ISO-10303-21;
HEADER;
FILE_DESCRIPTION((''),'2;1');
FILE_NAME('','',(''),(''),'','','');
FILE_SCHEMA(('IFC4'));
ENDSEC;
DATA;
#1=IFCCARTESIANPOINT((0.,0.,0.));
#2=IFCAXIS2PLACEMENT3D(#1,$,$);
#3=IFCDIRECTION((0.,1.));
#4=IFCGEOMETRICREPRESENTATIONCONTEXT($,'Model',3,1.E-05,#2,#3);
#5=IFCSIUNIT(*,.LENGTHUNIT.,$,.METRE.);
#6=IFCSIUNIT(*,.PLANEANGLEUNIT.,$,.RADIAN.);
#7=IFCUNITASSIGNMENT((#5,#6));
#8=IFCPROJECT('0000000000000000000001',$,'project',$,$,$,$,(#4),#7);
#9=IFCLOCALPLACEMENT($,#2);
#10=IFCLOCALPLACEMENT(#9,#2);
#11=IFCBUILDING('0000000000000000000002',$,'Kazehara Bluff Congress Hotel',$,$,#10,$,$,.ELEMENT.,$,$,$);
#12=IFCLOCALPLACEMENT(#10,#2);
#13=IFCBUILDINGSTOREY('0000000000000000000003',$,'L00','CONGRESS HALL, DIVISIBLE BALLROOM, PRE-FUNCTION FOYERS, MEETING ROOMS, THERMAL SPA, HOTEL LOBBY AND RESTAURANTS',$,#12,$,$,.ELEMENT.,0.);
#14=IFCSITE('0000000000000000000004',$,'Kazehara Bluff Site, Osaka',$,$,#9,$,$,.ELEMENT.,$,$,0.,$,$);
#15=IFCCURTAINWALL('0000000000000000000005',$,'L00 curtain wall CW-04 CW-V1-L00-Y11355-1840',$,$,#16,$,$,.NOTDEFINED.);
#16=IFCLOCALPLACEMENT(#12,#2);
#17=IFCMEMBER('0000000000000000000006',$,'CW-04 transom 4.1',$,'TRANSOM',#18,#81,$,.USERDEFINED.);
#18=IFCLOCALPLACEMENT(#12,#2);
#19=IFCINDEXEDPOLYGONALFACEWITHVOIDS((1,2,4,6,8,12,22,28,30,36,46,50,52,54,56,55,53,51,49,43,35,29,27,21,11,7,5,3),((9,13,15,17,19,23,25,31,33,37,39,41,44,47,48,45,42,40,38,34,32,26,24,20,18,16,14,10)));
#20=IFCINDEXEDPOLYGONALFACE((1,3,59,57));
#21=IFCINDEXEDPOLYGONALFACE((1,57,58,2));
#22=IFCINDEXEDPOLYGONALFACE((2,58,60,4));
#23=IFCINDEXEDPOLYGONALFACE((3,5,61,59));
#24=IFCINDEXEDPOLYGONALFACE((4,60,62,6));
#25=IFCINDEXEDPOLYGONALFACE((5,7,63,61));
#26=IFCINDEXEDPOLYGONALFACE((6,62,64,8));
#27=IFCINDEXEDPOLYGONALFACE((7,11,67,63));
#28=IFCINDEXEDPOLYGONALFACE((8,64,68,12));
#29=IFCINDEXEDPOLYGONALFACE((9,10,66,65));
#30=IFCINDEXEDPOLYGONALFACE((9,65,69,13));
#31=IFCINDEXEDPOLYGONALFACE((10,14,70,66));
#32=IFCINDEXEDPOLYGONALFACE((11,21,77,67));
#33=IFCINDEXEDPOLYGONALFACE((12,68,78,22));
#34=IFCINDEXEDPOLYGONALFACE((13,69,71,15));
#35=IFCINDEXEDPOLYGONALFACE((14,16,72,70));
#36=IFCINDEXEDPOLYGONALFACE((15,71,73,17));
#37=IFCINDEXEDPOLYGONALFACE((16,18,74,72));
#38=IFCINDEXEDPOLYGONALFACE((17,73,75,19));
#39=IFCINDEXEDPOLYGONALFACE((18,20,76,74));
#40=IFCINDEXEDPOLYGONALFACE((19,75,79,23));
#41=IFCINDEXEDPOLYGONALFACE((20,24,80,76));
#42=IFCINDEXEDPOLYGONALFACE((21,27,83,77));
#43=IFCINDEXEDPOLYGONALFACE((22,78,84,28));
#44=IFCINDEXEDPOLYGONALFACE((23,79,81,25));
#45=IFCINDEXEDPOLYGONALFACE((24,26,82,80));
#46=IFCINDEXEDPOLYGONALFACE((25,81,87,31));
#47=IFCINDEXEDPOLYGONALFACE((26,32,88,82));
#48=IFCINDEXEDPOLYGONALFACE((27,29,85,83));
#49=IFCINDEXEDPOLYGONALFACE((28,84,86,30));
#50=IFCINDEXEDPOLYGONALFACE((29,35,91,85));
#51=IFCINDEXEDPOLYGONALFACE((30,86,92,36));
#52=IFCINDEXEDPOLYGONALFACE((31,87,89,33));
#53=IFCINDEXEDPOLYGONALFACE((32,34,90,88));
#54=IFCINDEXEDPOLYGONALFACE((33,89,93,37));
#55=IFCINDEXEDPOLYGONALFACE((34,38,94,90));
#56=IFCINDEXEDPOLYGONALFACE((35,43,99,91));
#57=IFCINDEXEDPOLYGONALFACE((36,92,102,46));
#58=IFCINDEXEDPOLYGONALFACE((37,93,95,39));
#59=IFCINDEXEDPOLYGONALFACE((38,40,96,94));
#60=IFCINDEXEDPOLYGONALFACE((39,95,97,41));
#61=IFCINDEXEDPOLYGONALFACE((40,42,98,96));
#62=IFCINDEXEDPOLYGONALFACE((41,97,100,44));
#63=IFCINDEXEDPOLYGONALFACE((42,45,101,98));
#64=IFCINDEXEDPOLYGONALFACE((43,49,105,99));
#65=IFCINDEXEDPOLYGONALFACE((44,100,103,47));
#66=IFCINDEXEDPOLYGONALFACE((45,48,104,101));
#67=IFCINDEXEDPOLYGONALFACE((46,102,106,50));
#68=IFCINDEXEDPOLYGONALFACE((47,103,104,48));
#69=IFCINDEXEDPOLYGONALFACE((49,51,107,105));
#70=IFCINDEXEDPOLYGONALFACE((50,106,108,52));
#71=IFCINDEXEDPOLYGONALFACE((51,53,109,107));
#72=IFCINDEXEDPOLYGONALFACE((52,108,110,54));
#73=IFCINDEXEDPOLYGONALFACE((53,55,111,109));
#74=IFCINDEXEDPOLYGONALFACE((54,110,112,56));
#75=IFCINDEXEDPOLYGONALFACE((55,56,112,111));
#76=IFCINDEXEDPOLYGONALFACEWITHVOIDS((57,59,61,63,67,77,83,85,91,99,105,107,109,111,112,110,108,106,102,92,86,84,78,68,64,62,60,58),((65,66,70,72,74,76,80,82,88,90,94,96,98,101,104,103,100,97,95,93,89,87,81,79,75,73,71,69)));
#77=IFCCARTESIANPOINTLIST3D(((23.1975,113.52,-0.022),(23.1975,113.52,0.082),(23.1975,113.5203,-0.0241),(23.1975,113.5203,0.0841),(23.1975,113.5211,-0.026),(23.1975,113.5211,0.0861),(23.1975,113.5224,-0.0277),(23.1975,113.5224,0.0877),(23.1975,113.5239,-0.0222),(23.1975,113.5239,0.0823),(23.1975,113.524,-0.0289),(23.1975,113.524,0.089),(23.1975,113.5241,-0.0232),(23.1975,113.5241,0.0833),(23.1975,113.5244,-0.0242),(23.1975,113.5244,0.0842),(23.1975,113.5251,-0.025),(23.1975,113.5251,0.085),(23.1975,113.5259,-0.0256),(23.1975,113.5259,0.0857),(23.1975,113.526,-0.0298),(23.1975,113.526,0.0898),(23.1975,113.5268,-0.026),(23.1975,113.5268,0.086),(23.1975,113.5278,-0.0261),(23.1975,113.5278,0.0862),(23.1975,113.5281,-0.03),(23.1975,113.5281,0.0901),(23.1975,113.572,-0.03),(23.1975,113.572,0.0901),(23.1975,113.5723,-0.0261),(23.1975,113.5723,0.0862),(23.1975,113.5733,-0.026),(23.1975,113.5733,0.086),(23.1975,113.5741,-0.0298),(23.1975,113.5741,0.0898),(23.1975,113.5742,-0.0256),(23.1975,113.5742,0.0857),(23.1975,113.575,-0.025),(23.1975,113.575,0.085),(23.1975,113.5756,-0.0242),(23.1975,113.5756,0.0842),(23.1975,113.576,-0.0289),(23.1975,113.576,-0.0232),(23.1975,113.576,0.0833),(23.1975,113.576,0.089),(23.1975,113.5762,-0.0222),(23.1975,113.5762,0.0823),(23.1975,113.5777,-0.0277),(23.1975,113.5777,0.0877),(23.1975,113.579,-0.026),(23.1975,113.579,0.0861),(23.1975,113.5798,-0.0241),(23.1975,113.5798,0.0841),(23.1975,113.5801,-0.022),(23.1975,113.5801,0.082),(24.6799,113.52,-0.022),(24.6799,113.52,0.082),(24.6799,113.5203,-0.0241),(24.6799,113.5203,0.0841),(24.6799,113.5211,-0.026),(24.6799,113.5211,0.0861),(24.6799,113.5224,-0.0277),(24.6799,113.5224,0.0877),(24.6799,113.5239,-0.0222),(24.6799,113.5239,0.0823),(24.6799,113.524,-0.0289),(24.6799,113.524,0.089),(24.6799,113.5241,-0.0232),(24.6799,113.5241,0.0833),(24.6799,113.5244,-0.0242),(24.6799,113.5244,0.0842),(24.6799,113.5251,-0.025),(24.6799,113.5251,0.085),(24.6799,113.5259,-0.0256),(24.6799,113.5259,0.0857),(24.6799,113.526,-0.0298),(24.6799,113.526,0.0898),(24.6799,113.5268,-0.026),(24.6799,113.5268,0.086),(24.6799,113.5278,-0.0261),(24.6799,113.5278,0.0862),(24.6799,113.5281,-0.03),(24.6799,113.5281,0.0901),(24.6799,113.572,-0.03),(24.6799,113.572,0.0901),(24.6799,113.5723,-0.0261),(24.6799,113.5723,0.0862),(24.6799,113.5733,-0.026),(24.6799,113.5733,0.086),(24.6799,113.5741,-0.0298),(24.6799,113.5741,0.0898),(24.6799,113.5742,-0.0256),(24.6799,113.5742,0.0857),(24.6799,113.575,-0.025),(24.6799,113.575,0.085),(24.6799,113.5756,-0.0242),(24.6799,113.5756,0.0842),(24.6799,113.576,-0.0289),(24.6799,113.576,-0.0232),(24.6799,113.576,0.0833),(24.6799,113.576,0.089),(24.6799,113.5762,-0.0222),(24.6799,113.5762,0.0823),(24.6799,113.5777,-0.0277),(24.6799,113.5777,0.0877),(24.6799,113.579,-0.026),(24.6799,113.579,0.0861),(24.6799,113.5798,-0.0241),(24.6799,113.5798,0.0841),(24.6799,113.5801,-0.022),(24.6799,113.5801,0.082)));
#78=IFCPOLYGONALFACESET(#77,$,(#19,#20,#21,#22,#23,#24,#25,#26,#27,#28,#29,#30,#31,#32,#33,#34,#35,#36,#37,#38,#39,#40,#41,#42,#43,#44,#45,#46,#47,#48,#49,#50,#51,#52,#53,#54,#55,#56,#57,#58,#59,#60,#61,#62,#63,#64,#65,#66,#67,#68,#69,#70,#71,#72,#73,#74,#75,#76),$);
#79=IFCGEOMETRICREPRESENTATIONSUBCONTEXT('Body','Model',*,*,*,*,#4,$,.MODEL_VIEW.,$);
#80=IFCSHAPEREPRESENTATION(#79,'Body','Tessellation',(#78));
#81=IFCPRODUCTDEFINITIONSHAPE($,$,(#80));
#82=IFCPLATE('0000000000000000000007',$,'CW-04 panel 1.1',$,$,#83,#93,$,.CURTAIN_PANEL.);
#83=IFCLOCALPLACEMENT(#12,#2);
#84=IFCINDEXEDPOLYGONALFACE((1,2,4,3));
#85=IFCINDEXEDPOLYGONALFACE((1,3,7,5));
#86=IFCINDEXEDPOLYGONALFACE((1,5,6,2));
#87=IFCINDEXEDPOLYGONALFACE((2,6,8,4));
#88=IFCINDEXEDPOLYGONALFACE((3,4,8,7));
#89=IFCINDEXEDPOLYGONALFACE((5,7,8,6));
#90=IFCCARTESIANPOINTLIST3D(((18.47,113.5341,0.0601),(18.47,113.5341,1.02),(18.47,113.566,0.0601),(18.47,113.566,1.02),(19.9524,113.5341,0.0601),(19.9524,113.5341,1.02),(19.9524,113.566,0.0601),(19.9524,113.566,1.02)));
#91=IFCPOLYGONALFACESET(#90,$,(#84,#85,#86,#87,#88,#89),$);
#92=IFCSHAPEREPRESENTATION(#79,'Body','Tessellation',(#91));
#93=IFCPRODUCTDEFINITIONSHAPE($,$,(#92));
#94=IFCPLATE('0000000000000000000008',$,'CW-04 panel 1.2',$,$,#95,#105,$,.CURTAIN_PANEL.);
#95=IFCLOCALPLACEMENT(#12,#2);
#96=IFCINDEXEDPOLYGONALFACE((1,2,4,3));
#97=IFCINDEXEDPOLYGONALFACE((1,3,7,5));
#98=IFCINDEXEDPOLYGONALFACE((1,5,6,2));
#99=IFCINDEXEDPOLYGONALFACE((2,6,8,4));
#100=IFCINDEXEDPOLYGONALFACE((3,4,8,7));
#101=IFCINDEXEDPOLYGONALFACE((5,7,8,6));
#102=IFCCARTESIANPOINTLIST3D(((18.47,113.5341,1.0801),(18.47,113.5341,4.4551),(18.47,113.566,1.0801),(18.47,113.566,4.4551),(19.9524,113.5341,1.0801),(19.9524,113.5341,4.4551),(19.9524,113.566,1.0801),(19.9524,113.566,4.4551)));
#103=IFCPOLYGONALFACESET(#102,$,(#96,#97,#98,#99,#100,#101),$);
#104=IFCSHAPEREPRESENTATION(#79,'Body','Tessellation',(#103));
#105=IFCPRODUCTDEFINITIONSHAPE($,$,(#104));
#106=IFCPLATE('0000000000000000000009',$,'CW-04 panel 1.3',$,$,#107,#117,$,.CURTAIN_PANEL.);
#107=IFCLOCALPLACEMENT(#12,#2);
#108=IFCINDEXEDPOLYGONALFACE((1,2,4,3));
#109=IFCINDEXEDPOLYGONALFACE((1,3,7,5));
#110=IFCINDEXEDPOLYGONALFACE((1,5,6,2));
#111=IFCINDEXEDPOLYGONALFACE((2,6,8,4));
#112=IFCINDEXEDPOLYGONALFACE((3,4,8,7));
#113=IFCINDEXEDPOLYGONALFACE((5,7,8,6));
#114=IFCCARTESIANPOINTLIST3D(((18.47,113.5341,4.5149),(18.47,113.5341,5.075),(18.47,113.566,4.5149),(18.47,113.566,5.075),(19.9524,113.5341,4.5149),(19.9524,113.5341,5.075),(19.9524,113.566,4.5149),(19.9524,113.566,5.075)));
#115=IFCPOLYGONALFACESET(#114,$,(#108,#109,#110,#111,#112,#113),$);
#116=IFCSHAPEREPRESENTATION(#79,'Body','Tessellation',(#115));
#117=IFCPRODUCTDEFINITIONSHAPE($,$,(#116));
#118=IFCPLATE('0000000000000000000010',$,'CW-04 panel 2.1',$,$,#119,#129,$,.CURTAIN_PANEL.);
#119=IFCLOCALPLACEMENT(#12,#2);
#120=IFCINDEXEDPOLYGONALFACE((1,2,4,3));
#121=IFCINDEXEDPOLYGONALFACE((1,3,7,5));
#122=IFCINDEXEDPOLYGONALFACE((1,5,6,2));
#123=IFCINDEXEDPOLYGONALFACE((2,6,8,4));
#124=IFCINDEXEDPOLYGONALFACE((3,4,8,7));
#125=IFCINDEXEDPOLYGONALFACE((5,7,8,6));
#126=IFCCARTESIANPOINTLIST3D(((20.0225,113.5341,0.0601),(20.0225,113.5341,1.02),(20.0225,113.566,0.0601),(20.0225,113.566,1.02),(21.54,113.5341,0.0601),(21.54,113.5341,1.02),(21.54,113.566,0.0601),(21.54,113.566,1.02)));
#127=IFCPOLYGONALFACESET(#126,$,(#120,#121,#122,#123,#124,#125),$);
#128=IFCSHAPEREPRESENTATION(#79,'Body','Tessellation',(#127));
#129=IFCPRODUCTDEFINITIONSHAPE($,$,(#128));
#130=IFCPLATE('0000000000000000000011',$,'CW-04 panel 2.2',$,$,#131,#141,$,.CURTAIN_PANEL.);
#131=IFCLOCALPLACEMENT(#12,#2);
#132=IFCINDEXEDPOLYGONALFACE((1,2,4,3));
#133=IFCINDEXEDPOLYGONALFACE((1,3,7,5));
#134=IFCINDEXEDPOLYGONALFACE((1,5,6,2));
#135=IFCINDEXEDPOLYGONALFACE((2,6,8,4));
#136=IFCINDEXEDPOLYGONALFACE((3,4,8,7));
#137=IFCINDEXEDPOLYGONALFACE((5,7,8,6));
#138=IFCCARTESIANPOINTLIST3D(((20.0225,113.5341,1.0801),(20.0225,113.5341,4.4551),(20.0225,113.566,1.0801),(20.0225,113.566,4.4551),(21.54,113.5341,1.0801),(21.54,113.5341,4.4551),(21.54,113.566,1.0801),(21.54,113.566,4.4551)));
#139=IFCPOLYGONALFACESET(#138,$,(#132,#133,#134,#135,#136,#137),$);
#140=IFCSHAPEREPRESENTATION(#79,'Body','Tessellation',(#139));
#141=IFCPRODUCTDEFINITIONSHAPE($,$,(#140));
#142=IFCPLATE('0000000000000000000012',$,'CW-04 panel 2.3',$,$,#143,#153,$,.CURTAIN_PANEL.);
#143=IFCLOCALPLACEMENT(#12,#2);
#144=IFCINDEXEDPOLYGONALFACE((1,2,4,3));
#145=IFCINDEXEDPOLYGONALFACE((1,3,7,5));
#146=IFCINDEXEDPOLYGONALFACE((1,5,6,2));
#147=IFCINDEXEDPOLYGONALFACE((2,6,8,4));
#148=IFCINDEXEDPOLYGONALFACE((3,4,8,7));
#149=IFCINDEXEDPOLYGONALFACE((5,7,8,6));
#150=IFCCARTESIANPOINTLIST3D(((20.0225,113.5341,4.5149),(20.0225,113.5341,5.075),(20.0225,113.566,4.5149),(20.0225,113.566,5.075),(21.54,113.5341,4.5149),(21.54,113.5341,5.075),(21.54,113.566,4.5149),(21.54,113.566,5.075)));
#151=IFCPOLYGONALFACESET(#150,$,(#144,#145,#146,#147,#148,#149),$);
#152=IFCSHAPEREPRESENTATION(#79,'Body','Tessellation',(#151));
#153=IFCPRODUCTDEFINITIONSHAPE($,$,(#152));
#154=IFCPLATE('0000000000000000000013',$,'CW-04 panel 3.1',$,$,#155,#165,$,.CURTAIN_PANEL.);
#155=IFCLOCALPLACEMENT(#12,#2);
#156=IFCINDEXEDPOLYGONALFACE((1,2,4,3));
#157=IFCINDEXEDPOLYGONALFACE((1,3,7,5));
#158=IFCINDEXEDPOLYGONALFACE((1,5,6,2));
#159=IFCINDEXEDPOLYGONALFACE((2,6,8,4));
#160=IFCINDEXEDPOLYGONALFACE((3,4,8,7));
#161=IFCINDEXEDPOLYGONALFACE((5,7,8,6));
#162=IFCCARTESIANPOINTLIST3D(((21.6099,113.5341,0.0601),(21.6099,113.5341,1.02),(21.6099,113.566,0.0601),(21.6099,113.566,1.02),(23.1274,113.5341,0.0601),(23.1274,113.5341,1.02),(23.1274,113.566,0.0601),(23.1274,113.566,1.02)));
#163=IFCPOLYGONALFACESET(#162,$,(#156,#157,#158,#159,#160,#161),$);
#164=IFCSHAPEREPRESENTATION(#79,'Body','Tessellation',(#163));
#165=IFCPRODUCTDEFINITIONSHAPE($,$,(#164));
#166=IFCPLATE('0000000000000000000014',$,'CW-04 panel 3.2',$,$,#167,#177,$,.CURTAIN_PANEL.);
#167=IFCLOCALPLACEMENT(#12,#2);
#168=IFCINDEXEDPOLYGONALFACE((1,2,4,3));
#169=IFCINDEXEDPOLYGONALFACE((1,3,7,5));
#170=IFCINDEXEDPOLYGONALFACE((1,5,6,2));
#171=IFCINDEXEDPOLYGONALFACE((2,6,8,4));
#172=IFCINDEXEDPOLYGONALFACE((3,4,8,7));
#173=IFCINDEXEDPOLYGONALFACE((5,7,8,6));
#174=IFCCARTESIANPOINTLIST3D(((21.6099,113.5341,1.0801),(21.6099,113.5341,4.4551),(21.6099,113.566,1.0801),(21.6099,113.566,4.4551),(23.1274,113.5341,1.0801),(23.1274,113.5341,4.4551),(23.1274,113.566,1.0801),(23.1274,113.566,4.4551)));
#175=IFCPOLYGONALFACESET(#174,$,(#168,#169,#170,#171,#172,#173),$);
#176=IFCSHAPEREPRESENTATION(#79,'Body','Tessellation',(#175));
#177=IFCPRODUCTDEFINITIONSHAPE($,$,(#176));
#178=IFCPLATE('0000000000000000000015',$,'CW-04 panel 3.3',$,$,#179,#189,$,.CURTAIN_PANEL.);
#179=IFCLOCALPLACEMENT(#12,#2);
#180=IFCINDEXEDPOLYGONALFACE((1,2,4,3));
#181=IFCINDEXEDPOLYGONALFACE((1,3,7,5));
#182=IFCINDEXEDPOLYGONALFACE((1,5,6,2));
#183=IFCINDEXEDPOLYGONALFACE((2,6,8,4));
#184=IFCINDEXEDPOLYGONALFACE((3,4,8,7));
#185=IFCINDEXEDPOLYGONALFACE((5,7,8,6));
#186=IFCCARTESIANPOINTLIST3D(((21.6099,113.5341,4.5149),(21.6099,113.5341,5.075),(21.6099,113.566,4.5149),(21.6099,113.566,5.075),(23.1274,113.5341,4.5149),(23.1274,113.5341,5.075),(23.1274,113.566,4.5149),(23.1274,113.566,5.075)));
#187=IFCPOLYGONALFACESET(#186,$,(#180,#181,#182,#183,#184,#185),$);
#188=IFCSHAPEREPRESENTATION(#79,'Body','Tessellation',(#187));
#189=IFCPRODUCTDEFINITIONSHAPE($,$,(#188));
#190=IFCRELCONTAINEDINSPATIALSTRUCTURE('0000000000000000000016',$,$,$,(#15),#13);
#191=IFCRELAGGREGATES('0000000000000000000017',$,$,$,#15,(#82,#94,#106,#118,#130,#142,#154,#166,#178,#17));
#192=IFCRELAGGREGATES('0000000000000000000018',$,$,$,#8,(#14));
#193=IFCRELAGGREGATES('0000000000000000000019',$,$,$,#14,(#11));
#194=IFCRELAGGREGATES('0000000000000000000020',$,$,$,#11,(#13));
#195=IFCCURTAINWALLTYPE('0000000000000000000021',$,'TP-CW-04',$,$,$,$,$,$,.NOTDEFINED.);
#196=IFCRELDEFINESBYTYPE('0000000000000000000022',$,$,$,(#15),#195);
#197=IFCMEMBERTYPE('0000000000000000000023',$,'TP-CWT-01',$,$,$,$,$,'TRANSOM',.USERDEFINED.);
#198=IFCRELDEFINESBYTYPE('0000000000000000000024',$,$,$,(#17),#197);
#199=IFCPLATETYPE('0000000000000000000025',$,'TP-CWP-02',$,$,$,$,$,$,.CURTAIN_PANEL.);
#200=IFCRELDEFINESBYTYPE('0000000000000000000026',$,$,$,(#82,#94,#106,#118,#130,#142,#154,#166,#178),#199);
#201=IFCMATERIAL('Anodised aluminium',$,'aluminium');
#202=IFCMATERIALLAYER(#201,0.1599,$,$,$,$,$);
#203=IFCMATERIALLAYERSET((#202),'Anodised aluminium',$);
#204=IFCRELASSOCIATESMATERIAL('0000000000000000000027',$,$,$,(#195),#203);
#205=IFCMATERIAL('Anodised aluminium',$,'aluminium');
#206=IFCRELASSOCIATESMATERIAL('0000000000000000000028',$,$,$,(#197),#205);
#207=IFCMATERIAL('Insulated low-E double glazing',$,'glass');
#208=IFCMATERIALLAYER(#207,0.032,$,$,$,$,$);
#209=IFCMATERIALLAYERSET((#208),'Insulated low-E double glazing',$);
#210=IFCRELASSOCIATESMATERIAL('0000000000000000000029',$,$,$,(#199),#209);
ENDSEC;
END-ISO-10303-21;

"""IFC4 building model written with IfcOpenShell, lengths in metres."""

from ifc_helpers import new_model, si_unit, direction, frame, origin, origin_2d, place, context, subcontext, project, spatial, rectangle, hollow_rectangle, extrude, material, layer, layer_set, material_profile, profile_set, type_object, element, aggregate, save


model = new_model("IFC4")

# Units and contexts
model_context = context("Model", 3, precision=1e-05, world=origin(), true_north=direction((0.0, 1.0)))
body_context = subcontext(model_context, "Body", "Model", "MODEL_VIEW")
ifc_project = project(units=[si_unit("LENGTHUNIT", "METRE"), si_unit("PLANEANGLEUNIT", "RADIAN")], contexts=[model_context])

# Site, building, storey
site_placement = place(None, origin())
site = spatial("IfcSite", under=ifc_project, at=site_placement, Name="Kazehara Bluff Site, Osaka", CompositionType="ELEMENT", RefElevation=0.0)
building_placement = place(site_placement, origin())
building = spatial("IfcBuilding", under=site, at=building_placement, Name="Kazehara Bluff Congress Hotel", CompositionType="ELEMENT")
storey_placement = place(building_placement, origin())
storey = spatial("IfcBuildingStorey", under=building, at=storey_placement, Name="L00", Description="CONGRESS HALL, DIVISIBLE BALLROOM, PRE-FUNCTION FOYERS, MEETING ROOMS, THERMAL SPA, HOTEL LOBBY AND RESTAURANTS", CompositionType="ELEMENT", Elevation=0.0)

# Curtain wall, member, plates
ifc_material_1 = material(Name="Anodised aluminium", Category="aluminium")
ifc_layer_1 = layer(ifc_material_1, 0.1599)
ifc_layer_set_1 = layer_set([ifc_layer_1], Name="Anodised aluminium")
curtain_wall_type = type_object("IfcCurtainWallType", Name="TP-CW-04", PredefinedType="NOTDEFINED", material=ifc_layer_set_1)
curtain_wall_placement = place(storey_placement, origin())
curtain_wall = element("IfcCurtainWall", 1, at=curtain_wall_placement, inside=storey, type_object=curtain_wall_type, Name="L00 curtain wall CW-04 CW-V1-L00-Y11355-1840", PredefinedType="NOTDEFINED")
ifc_material_2 = material(Name="Anodised aluminium", Category="aluminium")
ifc_material_profile_1 = material_profile(ifc_material_2, hollow_rectangle(XDim=0.0601, YDim=0.1201, WallThickness=0.0039, InnerFilletRadius=0.0039, OuterFilletRadius=0.0081, at=origin_2d()))
ifc_profile_set_1 = profile_set([ifc_material_profile_1], Name="Anodised aluminium")
member_type_1 = type_object("IfcMemberType", Name="TP-CWT-01", ElementType="TRANSOM", PredefinedType="USERDEFINED", material=ifc_profile_set_1)
member_1_placement = place(storey_placement, frame((23.1975, 113.55, 0.03), z_axis=(1.0, 0.0, 0.0), x_axis=(0.0, 1.0, 0.0)))
member_1 = element("IfcMember", 2, at=member_1_placement, type_object=member_type_1, Name="CW-04 transom 4.1", ObjectType="TRANSOM", PredefinedType="USERDEFINED", context=body_context, shape_type="SweptSolid", body=[
    extrude(hollow_rectangle(XDim=0.0601, YDim=0.1201, WallThickness=0.0039, InnerFilletRadius=0.0039, OuterFilletRadius=0.0081, at=origin_2d()), origin(), (0.0, 0.0, 1.0), 1.4824),
])
ifc_material_3 = material(Name="Insulated low-E double glazing", Category="glass")
ifc_layer_2 = layer(ifc_material_3, 0.032)
ifc_layer_set_2 = layer_set([ifc_layer_2], Name="Insulated low-E double glazing")
plate_type = type_object("IfcPlateType", Name="TP-CWP-02", PredefinedType="CURTAIN_PANEL", material=ifc_layer_set_2)
plate_1_placement = place(storey_placement, frame((19.2112, 113.55, 0.0601), z_axis=(0.0, 0.0, 1.0), x_axis=(1.0, 0.0, 0.0)))
plate_1 = element("IfcPlate", 3, at=plate_1_placement, type_object=plate_type, Name="CW-04 panel 1.1", PredefinedType="CURTAIN_PANEL", context=body_context, shape_type="SweptSolid", body=[
    extrude(rectangle(XDim=1.4824, YDim=0.032, at=origin_2d()), origin(), (0.0, 0.0, 1.0), 0.96),
])
plate_2_placement = place(storey_placement, frame((19.2112, 113.55, 1.0801), z_axis=(0.0, 0.0, 1.0), x_axis=(1.0, 0.0, 0.0)))
plate_2 = element("IfcPlate", 4, at=plate_2_placement, type_object=plate_type, Name="CW-04 panel 1.2", PredefinedType="CURTAIN_PANEL", context=body_context, shape_type="SweptSolid", body=[
    extrude(rectangle(XDim=1.4824, YDim=0.032, at=origin_2d()), origin(), (0.0, 0.0, 1.0), 3.375),
])
plate_3_placement = place(storey_placement, frame((19.2112, 113.55, 4.5149), z_axis=(0.0, 0.0, 1.0), x_axis=(1.0, 0.0, 0.0)))
plate_3 = element("IfcPlate", 5, at=plate_3_placement, type_object=plate_type, Name="CW-04 panel 1.3", PredefinedType="CURTAIN_PANEL", context=body_context, shape_type="SweptSolid", body=[
    extrude(rectangle(XDim=1.4824, YDim=0.032, at=origin_2d()), origin(), (0.0, 0.0, 1.0), 0.5601),
])
plate_4_placement = place(storey_placement, frame((20.7812, 113.55, 0.0601), z_axis=(0.0, 0.0, 1.0), x_axis=(1.0, 0.0, 0.0)))
plate_4 = element("IfcPlate", 6, at=plate_4_placement, type_object=plate_type, Name="CW-04 panel 2.1", PredefinedType="CURTAIN_PANEL", context=body_context, shape_type="SweptSolid", body=[
    extrude(rectangle(XDim=1.5176, YDim=0.032, at=origin_2d()), origin(), (0.0, 0.0, 1.0), 0.96),
])
plate_5_placement = place(storey_placement, frame((20.7812, 113.55, 1.0801), z_axis=(0.0, 0.0, 1.0), x_axis=(1.0, 0.0, 0.0)))
plate_5 = element("IfcPlate", 7, at=plate_5_placement, type_object=plate_type, Name="CW-04 panel 2.2", PredefinedType="CURTAIN_PANEL", context=body_context, shape_type="SweptSolid", body=[
    extrude(rectangle(XDim=1.5176, YDim=0.032, at=origin_2d()), origin(), (0.0, 0.0, 1.0), 3.375),
])
plate_6_placement = place(storey_placement, frame((20.7812, 113.55, 4.5149), z_axis=(0.0, 0.0, 1.0), x_axis=(1.0, 0.0, 0.0)))
plate_6 = element("IfcPlate", 8, at=plate_6_placement, type_object=plate_type, Name="CW-04 panel 2.3", PredefinedType="CURTAIN_PANEL", context=body_context, shape_type="SweptSolid", body=[
    extrude(rectangle(XDim=1.5176, YDim=0.032, at=origin_2d()), origin(), (0.0, 0.0, 1.0), 0.5601),
])
plate_7_placement = place(storey_placement, frame((22.3687, 113.55, 0.0601), z_axis=(0.0, 0.0, 1.0), x_axis=(1.0, 0.0, 0.0)))
plate_7 = element("IfcPlate", 9, at=plate_7_placement, type_object=plate_type, Name="CW-04 panel 3.1", PredefinedType="CURTAIN_PANEL", context=body_context, shape_type="SweptSolid", body=[
    extrude(rectangle(XDim=1.5176, YDim=0.032, at=origin_2d()), origin(), (0.0, 0.0, 1.0), 0.96),
])
plate_8_placement = place(storey_placement, frame((22.3687, 113.55, 1.0801), z_axis=(0.0, 0.0, 1.0), x_axis=(1.0, 0.0, 0.0)))
plate_8 = element("IfcPlate", 10, at=plate_8_placement, type_object=plate_type, Name="CW-04 panel 3.2", PredefinedType="CURTAIN_PANEL", context=body_context, shape_type="SweptSolid", body=[
    extrude(rectangle(XDim=1.5176, YDim=0.032, at=origin_2d()), origin(), (0.0, 0.0, 1.0), 3.375),
])
plate_9_placement = place(storey_placement, frame((22.3687, 113.55, 4.5149), z_axis=(0.0, 0.0, 1.0), x_axis=(1.0, 0.0, 0.0)))
plate_9 = element("IfcPlate", 11, at=plate_9_placement, type_object=plate_type, Name="CW-04 panel 3.3", PredefinedType="CURTAIN_PANEL", context=body_context, shape_type="SweptSolid", body=[
    extrude(rectangle(XDim=1.5176, YDim=0.032, at=origin_2d()), origin(), (0.0, 0.0, 1.0), 0.5601),
])
aggregate(curtain_wall, [plate_1, plate_2, plate_3, plate_4, plate_5, plate_6, plate_7, plate_8, plate_9, member_1])

save(model, "model.ifc")
